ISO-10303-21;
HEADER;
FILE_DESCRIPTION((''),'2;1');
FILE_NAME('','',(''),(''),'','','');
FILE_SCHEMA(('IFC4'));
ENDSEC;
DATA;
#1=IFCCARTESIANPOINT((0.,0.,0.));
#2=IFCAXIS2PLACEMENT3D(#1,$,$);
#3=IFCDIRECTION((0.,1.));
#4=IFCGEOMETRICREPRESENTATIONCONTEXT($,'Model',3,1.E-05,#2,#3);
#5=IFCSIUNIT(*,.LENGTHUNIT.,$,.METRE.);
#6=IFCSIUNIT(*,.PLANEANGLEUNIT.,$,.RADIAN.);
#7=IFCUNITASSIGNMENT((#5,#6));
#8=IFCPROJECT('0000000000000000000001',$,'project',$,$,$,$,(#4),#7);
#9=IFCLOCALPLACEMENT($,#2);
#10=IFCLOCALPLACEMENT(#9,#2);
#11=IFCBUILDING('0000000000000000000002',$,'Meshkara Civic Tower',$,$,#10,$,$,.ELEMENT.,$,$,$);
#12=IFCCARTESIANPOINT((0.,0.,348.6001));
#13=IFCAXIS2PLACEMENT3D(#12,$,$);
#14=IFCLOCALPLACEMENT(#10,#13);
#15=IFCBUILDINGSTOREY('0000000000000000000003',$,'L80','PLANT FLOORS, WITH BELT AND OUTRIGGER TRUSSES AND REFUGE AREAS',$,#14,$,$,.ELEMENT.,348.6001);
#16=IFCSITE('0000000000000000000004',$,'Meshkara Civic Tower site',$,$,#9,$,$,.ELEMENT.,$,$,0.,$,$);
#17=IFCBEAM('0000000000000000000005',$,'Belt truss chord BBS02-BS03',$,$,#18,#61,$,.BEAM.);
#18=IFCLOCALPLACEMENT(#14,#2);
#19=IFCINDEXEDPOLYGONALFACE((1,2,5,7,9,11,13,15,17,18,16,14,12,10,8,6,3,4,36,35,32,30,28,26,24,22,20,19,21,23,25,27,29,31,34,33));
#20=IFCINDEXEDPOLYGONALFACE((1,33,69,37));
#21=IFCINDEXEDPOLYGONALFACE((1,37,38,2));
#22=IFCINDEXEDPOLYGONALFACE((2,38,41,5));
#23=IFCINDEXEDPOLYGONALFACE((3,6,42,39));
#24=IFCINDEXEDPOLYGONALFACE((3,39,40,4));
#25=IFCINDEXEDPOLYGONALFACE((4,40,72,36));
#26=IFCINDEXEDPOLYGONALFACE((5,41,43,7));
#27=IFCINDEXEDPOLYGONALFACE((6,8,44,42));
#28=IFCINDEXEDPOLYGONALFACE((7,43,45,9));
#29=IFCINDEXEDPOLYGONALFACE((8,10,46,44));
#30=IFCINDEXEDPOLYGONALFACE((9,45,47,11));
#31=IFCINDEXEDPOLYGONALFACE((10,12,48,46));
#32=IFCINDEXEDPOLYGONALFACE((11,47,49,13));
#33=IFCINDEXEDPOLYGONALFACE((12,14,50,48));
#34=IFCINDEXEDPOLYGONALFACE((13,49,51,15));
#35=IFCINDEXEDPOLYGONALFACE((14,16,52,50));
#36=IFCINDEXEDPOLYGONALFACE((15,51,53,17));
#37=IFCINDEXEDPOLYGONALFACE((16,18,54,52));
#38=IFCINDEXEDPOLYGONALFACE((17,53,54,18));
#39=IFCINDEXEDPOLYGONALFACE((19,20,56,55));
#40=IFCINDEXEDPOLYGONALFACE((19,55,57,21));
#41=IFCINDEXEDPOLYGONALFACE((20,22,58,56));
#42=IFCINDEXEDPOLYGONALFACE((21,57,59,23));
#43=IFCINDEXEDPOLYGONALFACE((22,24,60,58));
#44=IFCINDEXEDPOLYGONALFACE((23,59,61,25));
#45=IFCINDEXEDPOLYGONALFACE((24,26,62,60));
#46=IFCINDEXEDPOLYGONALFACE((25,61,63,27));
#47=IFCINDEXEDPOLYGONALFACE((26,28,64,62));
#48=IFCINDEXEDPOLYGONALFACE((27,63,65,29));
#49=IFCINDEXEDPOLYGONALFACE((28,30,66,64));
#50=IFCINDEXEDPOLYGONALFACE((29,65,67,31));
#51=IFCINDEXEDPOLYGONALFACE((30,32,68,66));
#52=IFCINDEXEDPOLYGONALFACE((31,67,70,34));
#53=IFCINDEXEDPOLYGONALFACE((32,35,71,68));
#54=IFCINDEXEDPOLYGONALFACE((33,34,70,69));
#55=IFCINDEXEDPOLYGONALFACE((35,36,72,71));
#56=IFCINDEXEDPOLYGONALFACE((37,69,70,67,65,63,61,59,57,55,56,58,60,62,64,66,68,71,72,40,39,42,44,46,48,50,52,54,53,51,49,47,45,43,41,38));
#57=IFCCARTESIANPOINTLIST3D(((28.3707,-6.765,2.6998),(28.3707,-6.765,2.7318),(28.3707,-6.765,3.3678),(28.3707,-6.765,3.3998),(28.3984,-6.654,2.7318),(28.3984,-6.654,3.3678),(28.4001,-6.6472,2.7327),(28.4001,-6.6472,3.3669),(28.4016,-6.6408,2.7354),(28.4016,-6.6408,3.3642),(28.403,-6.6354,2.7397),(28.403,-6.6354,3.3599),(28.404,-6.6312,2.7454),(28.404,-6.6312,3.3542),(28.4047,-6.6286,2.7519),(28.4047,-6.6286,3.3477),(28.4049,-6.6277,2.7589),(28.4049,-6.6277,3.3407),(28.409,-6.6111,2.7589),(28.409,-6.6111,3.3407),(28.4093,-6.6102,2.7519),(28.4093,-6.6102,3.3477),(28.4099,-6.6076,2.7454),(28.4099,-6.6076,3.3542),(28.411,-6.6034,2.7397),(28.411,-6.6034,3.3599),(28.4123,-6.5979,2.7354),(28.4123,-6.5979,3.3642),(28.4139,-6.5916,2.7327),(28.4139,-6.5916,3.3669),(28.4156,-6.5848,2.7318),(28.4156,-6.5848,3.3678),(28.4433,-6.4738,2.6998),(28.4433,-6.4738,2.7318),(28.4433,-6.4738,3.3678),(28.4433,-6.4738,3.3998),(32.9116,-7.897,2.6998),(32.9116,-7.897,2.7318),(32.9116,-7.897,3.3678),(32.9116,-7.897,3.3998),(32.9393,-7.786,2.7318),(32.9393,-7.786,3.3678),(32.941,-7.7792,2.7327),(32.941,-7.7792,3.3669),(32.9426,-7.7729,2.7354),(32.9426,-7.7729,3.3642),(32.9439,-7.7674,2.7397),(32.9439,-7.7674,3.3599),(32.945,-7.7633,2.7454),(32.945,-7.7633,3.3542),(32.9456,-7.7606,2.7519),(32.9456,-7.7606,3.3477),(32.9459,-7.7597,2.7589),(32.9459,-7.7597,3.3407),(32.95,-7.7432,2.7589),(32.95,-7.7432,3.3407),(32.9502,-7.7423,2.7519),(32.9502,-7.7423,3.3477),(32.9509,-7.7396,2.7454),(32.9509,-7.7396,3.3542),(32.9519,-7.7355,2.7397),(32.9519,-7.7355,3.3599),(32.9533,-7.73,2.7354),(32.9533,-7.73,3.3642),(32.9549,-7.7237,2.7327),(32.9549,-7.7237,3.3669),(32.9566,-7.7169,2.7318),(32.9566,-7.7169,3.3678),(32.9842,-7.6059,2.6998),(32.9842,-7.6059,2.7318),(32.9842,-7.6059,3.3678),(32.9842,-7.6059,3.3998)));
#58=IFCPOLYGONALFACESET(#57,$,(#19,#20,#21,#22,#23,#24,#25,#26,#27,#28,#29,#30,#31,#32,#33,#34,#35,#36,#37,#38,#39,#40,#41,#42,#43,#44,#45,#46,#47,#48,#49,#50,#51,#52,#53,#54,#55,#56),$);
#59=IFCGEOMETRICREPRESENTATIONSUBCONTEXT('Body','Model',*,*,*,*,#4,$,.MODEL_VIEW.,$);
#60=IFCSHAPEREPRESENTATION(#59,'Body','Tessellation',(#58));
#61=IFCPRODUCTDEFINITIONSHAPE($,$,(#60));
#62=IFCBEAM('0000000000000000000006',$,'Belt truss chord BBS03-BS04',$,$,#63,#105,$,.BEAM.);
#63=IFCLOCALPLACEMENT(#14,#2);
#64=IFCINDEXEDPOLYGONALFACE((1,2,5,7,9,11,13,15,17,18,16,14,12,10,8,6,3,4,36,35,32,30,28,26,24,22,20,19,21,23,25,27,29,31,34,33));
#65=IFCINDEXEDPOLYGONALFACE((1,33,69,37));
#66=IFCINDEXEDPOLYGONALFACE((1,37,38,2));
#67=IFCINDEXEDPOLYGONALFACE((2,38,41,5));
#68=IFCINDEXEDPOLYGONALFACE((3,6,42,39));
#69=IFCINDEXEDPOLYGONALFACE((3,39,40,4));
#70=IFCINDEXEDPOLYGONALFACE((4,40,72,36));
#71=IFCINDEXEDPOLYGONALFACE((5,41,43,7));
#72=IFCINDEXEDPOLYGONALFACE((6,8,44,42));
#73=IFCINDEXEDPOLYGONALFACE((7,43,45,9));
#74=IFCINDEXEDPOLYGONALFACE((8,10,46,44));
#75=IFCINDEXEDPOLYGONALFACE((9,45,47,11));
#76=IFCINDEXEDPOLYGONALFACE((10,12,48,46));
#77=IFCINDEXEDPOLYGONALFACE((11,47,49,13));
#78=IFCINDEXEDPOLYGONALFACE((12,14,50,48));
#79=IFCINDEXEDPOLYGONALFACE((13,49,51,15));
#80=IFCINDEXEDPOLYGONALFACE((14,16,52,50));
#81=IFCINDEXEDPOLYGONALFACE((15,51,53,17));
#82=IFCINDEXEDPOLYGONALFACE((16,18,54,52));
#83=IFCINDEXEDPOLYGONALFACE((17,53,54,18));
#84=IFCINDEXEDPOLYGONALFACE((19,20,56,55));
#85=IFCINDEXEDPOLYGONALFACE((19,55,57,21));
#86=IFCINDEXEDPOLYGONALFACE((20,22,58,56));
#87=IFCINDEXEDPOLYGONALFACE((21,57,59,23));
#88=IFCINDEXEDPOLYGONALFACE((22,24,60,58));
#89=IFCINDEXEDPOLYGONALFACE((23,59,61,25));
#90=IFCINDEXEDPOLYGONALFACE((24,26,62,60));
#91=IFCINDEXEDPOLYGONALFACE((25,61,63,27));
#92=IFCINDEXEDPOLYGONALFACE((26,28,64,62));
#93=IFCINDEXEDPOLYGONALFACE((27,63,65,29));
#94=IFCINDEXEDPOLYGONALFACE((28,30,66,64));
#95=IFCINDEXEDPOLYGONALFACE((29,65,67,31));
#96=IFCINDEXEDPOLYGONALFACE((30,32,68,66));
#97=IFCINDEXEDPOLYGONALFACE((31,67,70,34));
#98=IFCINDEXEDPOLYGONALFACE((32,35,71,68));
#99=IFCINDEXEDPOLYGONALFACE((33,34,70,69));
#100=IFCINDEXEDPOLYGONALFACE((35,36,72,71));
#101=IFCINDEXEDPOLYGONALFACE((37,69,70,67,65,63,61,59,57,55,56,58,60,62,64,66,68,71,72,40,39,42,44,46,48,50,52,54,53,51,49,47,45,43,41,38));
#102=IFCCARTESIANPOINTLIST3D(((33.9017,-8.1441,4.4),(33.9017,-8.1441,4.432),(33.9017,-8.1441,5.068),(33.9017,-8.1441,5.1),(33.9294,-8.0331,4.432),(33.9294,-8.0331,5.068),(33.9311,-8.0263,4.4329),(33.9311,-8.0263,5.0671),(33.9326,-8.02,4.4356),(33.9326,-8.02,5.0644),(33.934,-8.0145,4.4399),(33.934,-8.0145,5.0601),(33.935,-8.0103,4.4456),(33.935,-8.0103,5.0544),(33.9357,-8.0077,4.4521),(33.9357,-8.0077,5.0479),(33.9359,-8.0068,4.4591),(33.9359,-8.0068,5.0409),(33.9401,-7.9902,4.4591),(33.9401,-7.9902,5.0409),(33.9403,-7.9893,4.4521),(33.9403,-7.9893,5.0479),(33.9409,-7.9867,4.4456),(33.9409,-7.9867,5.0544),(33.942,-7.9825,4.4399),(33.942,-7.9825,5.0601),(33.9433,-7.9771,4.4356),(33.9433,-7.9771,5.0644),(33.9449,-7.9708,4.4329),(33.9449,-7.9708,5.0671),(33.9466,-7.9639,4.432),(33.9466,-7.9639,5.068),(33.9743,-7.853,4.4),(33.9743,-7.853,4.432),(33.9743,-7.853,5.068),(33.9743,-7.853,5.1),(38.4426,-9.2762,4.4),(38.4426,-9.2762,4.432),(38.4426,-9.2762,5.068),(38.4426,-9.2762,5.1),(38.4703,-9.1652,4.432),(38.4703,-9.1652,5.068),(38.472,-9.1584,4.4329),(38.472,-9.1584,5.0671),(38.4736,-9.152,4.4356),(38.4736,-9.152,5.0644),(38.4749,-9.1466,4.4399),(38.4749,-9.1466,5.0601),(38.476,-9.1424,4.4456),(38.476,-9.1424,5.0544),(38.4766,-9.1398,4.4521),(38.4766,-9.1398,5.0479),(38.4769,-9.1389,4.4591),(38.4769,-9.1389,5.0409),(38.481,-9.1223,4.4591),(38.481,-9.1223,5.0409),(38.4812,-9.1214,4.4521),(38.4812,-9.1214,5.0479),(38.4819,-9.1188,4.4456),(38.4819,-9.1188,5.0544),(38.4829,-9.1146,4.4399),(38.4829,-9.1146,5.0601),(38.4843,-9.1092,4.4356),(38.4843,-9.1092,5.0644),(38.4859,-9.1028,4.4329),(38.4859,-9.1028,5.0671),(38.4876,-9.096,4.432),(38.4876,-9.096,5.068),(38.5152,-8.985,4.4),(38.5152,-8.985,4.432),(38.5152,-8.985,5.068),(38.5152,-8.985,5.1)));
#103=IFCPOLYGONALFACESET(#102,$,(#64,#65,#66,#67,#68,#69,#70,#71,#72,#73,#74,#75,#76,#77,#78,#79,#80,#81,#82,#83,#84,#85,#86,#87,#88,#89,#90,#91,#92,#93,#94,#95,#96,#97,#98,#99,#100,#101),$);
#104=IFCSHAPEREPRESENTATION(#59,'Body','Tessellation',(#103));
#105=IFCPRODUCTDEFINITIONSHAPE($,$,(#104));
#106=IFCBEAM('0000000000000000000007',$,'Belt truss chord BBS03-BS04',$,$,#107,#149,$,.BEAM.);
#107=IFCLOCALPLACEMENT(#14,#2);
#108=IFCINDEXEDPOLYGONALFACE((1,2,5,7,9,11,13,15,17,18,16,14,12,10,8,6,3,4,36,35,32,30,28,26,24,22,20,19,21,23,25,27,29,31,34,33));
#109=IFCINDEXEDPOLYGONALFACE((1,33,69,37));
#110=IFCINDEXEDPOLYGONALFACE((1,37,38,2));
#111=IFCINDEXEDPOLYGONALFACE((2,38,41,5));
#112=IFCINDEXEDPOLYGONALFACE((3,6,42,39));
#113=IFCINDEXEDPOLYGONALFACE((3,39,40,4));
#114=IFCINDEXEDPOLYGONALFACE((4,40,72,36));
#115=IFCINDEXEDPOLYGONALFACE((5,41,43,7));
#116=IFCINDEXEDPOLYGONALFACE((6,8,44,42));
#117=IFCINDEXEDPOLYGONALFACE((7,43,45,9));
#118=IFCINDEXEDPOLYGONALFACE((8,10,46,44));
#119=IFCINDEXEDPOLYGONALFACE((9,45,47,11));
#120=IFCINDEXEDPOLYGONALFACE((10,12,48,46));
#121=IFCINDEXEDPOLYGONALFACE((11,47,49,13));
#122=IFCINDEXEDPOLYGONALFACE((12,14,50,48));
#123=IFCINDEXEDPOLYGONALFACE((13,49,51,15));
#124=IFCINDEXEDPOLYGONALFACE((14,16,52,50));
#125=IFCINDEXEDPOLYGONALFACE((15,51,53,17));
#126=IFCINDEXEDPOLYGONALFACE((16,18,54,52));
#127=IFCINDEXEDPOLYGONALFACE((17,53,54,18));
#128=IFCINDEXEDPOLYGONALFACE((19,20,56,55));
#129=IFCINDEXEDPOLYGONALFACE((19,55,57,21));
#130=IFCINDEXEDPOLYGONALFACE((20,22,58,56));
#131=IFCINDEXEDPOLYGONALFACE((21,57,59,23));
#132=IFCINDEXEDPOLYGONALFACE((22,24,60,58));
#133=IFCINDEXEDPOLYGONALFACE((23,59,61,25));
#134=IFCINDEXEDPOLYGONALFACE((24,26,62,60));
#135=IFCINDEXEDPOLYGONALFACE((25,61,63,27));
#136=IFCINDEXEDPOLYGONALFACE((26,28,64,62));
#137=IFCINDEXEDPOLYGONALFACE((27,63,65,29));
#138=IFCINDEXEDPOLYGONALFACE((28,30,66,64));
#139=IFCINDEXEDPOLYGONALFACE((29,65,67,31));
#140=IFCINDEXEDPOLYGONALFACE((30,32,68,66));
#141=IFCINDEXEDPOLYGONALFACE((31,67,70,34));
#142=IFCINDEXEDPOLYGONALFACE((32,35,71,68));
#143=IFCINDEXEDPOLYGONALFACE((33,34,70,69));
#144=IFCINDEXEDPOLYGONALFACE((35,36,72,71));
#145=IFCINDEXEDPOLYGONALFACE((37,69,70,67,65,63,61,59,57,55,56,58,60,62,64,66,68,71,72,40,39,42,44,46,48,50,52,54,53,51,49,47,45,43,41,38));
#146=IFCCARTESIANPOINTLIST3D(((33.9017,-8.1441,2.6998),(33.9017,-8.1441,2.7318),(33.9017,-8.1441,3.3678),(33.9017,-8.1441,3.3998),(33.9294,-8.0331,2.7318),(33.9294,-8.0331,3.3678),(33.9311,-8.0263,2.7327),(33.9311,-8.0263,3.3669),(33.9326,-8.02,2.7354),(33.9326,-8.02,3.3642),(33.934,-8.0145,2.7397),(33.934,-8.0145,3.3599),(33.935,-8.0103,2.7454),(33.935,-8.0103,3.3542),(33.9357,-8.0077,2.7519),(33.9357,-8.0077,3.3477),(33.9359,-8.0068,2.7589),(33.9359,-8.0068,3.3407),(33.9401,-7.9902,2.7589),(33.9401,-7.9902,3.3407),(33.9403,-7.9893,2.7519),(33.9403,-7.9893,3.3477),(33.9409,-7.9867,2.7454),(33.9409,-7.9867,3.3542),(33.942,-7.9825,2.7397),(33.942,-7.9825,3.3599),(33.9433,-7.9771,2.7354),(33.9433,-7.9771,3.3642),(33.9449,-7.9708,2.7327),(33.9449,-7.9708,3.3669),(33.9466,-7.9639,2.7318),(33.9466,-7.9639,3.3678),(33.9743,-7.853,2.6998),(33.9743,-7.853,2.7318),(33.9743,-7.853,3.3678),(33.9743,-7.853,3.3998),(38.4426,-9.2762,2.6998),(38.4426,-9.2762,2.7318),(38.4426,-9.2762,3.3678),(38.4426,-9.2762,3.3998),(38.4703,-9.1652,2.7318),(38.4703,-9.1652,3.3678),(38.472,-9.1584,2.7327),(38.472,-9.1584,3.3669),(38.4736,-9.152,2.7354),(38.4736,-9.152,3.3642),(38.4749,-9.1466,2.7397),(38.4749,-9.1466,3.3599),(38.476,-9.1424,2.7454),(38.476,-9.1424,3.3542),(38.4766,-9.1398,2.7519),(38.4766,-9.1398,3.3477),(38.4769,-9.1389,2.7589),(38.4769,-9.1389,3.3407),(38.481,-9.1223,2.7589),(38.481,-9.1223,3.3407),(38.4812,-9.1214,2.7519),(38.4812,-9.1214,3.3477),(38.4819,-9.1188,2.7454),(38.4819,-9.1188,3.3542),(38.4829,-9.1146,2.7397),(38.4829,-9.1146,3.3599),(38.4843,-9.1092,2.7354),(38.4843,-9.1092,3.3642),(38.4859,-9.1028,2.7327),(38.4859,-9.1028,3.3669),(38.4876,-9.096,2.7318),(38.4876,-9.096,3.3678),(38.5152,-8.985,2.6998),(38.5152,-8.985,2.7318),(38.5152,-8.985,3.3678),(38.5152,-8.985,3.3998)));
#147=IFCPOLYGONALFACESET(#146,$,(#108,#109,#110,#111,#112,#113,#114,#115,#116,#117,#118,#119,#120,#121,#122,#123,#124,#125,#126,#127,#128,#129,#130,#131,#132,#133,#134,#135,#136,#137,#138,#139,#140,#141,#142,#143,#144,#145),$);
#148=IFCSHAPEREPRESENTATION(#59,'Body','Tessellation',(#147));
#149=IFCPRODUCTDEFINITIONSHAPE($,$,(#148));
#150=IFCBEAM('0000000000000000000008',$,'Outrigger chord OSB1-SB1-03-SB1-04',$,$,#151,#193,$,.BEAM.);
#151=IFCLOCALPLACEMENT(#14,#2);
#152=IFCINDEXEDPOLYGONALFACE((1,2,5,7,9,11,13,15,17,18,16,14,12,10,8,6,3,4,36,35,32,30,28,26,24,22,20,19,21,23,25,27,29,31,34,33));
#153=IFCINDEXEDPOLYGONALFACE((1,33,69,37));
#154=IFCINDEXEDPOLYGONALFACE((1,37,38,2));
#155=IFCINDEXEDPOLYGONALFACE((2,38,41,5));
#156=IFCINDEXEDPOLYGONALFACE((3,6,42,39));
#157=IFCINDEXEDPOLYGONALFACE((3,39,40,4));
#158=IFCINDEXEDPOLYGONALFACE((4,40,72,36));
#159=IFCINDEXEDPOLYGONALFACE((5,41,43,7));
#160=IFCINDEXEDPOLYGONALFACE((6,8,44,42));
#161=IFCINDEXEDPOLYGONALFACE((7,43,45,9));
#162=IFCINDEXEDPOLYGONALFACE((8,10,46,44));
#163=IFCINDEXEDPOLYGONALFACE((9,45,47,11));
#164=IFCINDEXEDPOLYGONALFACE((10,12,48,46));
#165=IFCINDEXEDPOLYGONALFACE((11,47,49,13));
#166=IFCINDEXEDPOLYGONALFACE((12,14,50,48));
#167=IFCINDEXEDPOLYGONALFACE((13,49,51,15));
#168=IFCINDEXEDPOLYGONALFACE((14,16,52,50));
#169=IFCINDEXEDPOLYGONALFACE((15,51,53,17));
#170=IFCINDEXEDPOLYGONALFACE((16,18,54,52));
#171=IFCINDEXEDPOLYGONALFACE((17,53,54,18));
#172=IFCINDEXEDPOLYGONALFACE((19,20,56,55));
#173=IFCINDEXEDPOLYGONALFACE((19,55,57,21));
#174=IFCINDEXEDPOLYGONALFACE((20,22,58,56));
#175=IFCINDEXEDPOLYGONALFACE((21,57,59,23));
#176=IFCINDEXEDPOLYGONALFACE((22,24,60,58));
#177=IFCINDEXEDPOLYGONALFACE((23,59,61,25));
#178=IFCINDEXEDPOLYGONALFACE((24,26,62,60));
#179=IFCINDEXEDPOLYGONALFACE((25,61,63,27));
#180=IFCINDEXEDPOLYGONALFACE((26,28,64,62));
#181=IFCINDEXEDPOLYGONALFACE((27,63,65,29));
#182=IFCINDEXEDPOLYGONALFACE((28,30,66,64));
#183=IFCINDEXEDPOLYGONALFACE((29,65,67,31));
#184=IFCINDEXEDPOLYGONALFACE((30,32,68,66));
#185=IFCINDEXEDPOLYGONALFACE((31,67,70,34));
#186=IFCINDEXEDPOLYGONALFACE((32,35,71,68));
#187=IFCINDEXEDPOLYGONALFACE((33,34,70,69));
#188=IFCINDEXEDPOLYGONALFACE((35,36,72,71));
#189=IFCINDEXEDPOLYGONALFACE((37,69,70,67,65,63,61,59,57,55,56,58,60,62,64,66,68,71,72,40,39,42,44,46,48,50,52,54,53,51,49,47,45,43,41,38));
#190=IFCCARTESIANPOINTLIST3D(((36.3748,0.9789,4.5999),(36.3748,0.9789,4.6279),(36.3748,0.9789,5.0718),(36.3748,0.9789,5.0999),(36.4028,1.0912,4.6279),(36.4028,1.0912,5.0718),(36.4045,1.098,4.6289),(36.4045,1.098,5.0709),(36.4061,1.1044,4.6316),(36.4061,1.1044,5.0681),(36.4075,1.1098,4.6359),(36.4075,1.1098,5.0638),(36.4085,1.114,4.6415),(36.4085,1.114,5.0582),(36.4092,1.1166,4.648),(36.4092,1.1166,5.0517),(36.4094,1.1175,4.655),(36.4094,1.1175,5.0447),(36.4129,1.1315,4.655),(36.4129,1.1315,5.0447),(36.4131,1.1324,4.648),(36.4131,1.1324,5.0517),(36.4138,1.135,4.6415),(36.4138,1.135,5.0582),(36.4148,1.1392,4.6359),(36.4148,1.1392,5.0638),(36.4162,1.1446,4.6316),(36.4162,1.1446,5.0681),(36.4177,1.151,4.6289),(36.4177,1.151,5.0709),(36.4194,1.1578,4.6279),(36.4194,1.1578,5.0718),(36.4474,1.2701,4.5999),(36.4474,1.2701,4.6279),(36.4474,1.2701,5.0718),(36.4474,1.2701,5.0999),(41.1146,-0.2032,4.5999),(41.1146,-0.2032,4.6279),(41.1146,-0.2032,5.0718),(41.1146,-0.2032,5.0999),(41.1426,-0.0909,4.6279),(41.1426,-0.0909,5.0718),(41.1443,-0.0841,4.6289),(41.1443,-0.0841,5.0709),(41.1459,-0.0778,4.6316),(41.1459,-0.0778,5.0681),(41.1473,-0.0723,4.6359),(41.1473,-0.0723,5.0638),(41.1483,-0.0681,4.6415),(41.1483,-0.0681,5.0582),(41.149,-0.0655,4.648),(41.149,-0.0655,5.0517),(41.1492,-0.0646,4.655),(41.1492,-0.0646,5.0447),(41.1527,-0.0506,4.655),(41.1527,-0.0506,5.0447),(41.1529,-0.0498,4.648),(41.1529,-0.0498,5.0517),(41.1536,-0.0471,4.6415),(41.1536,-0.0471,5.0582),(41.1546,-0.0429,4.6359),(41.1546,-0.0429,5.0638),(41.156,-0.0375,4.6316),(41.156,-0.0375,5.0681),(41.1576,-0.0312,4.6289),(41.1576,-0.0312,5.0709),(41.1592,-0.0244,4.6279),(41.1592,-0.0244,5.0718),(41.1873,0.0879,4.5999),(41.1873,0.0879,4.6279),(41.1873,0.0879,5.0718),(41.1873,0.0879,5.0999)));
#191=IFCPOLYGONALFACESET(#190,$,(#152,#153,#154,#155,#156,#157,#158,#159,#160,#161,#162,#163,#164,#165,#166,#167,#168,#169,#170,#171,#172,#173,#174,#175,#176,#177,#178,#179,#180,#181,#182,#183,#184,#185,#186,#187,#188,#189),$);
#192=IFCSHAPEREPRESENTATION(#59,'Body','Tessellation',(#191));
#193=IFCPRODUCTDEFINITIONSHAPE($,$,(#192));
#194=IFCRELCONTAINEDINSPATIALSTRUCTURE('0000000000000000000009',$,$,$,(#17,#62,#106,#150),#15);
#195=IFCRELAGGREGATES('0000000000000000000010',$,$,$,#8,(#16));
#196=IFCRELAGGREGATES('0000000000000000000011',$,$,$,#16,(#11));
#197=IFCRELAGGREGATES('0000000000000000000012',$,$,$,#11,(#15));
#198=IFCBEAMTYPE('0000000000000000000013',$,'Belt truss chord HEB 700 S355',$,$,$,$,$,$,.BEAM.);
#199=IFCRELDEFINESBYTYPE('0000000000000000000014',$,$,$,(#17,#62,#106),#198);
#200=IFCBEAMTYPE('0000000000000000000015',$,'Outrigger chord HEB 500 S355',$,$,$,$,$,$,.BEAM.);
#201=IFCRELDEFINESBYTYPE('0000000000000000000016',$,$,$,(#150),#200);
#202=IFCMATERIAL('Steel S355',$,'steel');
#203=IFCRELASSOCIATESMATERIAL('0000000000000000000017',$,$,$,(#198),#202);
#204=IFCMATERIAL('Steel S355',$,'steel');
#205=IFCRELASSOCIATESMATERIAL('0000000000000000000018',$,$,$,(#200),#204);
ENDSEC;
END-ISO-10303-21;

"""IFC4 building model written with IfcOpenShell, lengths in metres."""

from ifc_helpers import new_model, si_unit, direction, frame, origin, origin_2d, place, context, subcontext, project, spatial, i_section, extrude, material, material_profile, profile_set, type_object, element, save


model = new_model("IFC4")

# Units and contexts
model_context = context("Model", 3, precision=1e-05, world=origin(), true_north=direction((0.0, 1.0)))
body_context = subcontext(model_context, "Body", "Model", "MODEL_VIEW")
ifc_project = project(units=[si_unit("LENGTHUNIT", "METRE"), si_unit("PLANEANGLEUNIT", "RADIAN")], contexts=[model_context])

# Site, building, storey
site_placement = place(None, origin())
site = spatial("IfcSite", under=ifc_project, at=site_placement, Name="Meshkara Civic Tower site", CompositionType="ELEMENT", RefElevation=0.0)
building_placement = place(site_placement, origin())
building = spatial("IfcBuilding", under=site, at=building_placement, Name="Meshkara Civic Tower", CompositionType="ELEMENT")
storey_placement = place(building_placement, frame((0.0, 0.0, 348.6001)))
storey = spatial("IfcBuildingStorey", under=building, at=storey_placement, Name="L80", Description="PLANT FLOORS, WITH BELT AND OUTRIGGER TRUSSES AND REFUGE AREAS", CompositionType="ELEMENT", Elevation=348.6001)

# Beams
ifc_material_1 = material(Name="Steel S355", Category="steel")
ifc_material_profile_1 = material_profile(ifc_material_1, i_section(OverallWidth=0.3, OverallDepth=0.7, WebThickness=0.0171, FlangeThickness=0.032, FilletRadius=0.0271, at=origin_2d()))
ifc_profile_set_1 = profile_set([ifc_material_profile_1], Name="Steel S355")
beam_type_1 = type_object("IfcBeamType", Name="Belt truss chord HEB 700 S355", PredefinedType="BEAM", material=ifc_profile_set_1)
for number, where, z_axis, x_axis, name in (
    (1, (28.407, -6.6194, 3.0498), (0.970302, -0.241897, 0.0), (0.241897, 0.970302, 0.0), "Belt truss chord BBS02-BS03"),
    (2, (33.938, -7.9985, 4.75), (0.970302, -0.241897, 0.0), (0.241897, 0.970302, 0.0), "Belt truss chord BBS03-BS04"),
    (3, (33.938, -7.9985, 3.0498), (0.970302, -0.241897, 0.0), (0.241897, 0.970302, 0.0), "Belt truss chord BBS03-BS04"),
):
    element("IfcBeam", number, at=place(storey_placement, frame(where, z_axis=z_axis, x_axis=x_axis)), inside=storey, type_object=beam_type_1, Name=name, PredefinedType="BEAM", context=body_context, shape_type="SweptSolid", body=[
        extrude(i_section(OverallWidth=0.3, OverallDepth=0.7, WebThickness=0.0171, FlangeThickness=0.032, FilletRadius=0.0271, at=origin_2d()), origin(), (0.0, 0.0, 1.0), 4.6799),
    ])
ifc_material_2 = material(Name="Steel S355", Category="steel")
ifc_material_profile_2 = material_profile(ifc_material_2, i_section(OverallWidth=0.3, OverallDepth=0.5, WebThickness=0.0144, FlangeThickness=0.0281, FilletRadius=0.0271, at=origin_2d()))
ifc_profile_set_2 = profile_set([ifc_material_profile_2], Name="Steel S355")
beam_type_2 = type_object("IfcBeamType", Name="Outrigger chord HEB 500 S355", PredefinedType="BEAM", material=ifc_profile_set_2)
for number, where, z_axis, x_axis, name in (
    (4, (36.4111, 1.1245, 4.8499), (0.970278, -0.241995, 0.0), (0.241995, 0.970278, 0.0), "Outrigger chord OSB1-SB1-03-SB1-04"),
):
    element("IfcBeam", number, at=place(storey_placement, frame(where, z_axis=z_axis, x_axis=x_axis)), inside=storey, type_object=beam_type_2, Name=name, PredefinedType="BEAM", context=body_context, shape_type="SweptSolid", body=[
        extrude(i_section(OverallWidth=0.3, OverallDepth=0.5, WebThickness=0.0144, FlangeThickness=0.0281, FilletRadius=0.0271, at=origin_2d()), origin(), (0.0, 0.0, 1.0), 4.885),
    ])

save(model, "model.ifc")
